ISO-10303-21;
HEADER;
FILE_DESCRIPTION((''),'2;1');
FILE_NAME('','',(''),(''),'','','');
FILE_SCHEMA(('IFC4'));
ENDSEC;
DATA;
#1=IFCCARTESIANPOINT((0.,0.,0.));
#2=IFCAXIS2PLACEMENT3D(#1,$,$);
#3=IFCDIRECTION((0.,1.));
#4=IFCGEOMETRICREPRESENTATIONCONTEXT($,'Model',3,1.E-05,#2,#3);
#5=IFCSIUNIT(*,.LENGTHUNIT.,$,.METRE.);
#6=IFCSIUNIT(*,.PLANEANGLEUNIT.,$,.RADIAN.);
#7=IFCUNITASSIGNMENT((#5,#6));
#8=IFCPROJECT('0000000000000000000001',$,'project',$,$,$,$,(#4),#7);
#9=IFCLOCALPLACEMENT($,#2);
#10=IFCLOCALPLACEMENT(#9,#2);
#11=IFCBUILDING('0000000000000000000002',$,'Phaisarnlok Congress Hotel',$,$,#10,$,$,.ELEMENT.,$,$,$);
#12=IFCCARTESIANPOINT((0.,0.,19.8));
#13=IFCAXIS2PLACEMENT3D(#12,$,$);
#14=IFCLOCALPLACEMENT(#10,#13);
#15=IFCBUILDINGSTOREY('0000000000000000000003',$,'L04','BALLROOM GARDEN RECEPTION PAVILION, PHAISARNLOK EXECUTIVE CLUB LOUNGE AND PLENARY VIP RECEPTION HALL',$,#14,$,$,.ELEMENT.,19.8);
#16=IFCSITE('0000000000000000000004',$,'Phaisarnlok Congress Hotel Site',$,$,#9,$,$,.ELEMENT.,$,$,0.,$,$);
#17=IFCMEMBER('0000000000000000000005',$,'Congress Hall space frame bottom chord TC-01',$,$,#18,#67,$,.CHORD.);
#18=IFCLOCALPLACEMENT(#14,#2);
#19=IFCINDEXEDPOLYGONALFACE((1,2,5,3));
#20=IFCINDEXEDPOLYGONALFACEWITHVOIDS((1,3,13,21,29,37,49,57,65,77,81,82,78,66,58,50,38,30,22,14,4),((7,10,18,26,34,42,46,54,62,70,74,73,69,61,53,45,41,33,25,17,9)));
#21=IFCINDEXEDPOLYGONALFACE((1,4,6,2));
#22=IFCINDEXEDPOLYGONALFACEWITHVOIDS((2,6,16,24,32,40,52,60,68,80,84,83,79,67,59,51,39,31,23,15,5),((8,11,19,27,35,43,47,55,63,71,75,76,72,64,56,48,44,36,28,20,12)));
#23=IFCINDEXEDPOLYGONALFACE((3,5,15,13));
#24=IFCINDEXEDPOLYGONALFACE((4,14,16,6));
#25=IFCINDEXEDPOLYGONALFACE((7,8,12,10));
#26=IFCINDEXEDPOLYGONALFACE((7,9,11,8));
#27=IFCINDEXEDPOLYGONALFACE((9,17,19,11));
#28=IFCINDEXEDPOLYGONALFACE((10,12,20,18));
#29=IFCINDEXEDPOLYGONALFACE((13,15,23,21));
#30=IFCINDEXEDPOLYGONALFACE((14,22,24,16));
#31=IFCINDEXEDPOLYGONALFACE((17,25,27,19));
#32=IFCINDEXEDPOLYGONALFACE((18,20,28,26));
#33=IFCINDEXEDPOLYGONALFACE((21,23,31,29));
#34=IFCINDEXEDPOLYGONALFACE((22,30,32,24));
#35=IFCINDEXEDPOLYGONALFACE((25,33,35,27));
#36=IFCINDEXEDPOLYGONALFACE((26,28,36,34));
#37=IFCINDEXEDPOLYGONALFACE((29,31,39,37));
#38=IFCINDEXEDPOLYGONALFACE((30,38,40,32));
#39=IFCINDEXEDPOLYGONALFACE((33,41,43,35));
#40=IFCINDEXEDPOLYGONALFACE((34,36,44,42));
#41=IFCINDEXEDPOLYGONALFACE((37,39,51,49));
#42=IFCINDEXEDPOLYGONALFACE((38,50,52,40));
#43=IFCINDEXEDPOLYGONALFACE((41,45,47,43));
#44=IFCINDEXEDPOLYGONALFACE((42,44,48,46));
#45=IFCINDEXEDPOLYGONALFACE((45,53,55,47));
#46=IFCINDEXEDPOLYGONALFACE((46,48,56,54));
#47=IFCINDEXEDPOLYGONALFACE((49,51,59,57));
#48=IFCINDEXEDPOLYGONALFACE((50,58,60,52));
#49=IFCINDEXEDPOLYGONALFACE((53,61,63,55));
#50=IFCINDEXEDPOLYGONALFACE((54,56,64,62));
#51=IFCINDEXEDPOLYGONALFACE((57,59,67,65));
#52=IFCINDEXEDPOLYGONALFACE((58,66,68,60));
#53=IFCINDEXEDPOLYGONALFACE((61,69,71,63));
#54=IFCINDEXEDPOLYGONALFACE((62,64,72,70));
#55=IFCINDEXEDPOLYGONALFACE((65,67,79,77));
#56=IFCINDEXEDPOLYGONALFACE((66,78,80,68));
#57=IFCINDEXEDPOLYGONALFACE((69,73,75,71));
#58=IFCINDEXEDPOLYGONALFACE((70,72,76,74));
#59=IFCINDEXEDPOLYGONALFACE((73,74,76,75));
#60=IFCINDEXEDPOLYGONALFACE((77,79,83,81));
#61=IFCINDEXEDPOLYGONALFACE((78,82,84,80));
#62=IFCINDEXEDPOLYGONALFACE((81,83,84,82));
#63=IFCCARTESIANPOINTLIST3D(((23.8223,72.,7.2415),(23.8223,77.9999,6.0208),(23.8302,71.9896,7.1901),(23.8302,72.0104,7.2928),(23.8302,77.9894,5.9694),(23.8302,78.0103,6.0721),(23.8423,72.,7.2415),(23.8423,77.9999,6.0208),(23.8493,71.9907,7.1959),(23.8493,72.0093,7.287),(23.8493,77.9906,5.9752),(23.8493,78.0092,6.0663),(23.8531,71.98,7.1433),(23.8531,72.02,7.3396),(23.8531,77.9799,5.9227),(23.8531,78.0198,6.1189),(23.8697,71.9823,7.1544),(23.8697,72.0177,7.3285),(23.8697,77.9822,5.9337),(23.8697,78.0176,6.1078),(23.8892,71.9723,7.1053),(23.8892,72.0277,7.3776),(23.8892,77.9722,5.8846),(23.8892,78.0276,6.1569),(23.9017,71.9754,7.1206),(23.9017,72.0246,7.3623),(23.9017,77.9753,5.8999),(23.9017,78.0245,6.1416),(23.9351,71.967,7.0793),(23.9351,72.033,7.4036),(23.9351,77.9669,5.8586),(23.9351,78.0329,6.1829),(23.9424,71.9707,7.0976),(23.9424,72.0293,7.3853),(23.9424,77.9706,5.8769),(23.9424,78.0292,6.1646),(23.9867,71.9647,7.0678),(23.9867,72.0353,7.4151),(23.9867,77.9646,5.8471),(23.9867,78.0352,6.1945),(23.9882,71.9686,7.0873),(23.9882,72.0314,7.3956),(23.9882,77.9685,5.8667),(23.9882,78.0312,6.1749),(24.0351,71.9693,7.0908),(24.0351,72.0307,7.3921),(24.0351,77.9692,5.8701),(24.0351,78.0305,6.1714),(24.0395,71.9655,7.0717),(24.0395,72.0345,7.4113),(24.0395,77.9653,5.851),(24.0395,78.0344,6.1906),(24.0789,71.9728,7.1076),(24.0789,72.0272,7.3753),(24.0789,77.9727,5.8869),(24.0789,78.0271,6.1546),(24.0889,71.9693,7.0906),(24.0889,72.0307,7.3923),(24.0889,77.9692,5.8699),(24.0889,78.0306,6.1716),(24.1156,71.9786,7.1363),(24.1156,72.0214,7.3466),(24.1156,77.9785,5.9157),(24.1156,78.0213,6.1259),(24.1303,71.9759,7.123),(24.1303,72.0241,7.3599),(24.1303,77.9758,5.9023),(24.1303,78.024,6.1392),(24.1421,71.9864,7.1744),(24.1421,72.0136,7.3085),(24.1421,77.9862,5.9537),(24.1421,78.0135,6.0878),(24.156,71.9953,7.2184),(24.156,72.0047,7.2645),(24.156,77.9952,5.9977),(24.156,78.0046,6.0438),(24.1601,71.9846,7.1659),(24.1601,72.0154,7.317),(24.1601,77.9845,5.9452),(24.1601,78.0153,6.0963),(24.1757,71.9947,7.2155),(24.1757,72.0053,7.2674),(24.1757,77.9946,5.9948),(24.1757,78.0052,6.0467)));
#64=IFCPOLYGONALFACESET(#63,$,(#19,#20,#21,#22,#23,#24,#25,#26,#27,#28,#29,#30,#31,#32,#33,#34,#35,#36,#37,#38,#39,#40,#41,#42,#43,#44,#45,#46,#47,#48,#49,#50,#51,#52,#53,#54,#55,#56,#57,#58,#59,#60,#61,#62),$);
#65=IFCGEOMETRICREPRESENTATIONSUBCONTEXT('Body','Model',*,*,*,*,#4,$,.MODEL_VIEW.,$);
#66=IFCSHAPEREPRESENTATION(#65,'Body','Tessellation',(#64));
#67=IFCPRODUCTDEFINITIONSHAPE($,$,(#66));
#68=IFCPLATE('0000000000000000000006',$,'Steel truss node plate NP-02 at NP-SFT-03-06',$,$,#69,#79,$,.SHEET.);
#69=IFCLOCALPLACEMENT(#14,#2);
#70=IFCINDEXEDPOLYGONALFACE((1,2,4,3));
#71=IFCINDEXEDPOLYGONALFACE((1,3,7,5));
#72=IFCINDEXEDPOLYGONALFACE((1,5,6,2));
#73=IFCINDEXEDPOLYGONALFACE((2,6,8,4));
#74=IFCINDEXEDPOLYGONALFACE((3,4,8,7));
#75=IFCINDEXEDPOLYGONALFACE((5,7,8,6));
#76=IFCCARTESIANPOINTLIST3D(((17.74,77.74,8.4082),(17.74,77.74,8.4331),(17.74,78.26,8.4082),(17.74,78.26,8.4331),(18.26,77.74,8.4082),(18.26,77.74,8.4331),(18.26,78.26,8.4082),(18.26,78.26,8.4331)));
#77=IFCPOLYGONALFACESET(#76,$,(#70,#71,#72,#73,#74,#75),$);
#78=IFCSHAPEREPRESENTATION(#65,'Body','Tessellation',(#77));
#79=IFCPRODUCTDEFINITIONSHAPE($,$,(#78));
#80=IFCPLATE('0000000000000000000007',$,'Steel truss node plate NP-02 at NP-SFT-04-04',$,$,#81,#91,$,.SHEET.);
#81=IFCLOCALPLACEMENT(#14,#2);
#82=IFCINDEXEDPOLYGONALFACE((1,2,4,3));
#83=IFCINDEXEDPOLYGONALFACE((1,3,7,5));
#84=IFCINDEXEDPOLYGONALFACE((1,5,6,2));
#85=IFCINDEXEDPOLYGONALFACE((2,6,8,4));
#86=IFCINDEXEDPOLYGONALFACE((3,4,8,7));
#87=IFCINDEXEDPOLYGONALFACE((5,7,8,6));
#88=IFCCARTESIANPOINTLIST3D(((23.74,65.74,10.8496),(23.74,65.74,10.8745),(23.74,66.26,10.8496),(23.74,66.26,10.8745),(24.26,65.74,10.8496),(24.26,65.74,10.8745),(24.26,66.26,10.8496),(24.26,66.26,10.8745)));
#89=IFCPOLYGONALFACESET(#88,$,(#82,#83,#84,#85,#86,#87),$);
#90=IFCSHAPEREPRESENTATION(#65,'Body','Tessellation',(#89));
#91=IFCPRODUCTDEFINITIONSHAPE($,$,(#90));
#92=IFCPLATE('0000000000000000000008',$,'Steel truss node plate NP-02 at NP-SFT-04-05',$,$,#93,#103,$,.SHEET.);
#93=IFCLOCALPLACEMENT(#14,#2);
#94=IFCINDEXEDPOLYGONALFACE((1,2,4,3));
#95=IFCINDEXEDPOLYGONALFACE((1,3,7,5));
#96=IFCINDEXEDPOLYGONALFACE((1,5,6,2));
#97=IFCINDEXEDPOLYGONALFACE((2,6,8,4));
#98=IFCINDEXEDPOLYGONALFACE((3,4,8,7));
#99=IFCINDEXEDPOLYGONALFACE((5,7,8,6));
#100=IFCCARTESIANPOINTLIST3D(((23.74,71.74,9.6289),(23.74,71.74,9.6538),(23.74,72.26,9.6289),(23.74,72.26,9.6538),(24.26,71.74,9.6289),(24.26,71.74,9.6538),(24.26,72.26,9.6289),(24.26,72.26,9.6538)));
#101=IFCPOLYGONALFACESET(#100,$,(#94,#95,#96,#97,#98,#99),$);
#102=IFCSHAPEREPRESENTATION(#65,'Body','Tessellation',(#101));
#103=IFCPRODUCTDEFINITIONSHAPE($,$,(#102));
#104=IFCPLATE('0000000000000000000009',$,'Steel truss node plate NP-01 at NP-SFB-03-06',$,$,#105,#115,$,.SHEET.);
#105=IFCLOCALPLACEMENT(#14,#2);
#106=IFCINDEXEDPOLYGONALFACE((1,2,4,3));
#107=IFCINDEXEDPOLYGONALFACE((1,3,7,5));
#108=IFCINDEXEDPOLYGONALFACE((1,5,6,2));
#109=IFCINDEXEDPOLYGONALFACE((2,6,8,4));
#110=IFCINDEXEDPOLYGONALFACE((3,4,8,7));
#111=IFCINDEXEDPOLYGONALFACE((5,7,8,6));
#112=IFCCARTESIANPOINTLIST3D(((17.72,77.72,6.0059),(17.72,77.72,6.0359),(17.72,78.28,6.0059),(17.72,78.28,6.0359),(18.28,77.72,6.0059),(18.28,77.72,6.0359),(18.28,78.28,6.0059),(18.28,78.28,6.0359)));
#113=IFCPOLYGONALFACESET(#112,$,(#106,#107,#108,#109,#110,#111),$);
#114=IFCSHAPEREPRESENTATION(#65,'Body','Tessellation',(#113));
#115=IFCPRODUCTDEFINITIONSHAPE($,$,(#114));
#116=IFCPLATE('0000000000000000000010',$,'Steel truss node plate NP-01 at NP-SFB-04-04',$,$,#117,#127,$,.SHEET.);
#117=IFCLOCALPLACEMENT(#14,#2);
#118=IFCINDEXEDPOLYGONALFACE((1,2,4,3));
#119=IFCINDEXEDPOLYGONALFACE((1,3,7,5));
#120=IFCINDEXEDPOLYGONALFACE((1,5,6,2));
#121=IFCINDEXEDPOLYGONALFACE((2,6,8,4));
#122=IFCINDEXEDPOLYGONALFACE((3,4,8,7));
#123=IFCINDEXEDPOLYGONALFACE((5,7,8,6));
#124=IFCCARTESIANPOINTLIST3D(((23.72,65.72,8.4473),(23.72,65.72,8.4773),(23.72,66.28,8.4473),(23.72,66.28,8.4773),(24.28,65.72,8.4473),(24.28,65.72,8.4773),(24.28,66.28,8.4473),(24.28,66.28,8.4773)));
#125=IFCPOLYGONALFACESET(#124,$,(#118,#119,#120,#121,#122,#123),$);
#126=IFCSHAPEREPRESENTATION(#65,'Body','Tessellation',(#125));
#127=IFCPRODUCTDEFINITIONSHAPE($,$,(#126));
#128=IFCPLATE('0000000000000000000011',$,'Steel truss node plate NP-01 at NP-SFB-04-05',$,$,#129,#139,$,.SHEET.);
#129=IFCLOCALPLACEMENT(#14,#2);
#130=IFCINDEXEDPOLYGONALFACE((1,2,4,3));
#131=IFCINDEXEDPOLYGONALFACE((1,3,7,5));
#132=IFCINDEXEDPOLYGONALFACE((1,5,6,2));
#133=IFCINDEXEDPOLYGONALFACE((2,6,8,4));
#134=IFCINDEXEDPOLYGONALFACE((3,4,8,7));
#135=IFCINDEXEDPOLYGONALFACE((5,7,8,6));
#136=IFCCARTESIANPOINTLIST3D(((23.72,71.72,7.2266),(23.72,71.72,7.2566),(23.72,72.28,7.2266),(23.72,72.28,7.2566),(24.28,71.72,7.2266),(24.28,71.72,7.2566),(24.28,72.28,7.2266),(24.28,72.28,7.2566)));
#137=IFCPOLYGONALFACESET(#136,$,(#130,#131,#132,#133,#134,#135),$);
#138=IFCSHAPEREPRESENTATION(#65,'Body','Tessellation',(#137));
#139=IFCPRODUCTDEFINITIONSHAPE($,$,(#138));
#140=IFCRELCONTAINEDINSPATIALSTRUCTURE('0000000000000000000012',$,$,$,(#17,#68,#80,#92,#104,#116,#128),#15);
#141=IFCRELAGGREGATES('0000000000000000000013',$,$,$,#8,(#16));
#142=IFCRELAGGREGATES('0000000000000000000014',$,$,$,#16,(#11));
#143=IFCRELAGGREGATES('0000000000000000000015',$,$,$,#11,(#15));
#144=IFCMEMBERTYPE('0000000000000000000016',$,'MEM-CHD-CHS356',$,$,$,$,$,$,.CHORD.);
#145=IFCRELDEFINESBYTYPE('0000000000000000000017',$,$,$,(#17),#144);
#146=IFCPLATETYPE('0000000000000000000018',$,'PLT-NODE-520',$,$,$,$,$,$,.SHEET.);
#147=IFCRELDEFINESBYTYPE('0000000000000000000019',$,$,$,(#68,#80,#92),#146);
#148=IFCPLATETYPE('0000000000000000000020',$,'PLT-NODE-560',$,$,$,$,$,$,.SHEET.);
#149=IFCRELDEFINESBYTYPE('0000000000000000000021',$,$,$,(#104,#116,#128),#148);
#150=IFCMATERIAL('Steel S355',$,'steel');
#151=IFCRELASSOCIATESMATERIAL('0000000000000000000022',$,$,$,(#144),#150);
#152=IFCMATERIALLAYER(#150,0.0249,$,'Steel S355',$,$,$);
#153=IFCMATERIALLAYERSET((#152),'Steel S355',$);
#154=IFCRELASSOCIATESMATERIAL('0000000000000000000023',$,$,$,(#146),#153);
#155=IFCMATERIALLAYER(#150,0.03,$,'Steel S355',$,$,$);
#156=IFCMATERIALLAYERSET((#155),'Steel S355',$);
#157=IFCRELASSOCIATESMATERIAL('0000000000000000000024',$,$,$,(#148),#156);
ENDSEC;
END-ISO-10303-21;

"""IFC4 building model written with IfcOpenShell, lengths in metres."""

from ifc_helpers import new_model, si_unit, direction, frame, origin, origin_2d, place, context, subcontext, project, spatial, rectangle, hollow_circle, extrude, material, layer, layer_set, material_profile, profile_set, type_object, element, save


model = new_model("IFC4")

# Units and contexts
model_context = context("Model", 3, precision=1e-05, world=origin(), true_north=direction((0.0, 1.0)))
body_context = subcontext(model_context, "Body", "Model", "MODEL_VIEW")
ifc_project = project(units=[si_unit("LENGTHUNIT", "METRE"), si_unit("PLANEANGLEUNIT", "RADIAN")], contexts=[model_context])

# Site, building, storey
site_placement = place(None, origin())
site = spatial("IfcSite", under=ifc_project, at=site_placement, Name="Phaisarnlok Congress Hotel Site", CompositionType="ELEMENT", RefElevation=0.0)
building_placement = place(site_placement, origin())
building = spatial("IfcBuilding", under=site, at=building_placement, Name="Phaisarnlok Congress Hotel", CompositionType="ELEMENT")
storey_placement = place(building_placement, frame((0.0, 0.0, 19.8)))
storey = spatial("IfcBuildingStorey", under=building, at=storey_placement, Name="L04", Description="BALLROOM GARDEN RECEPTION PAVILION, PHAISARNLOK EXECUTIVE CLUB LOUNGE AND PLENARY VIP RECEPTION HALL", CompositionType="ELEMENT", Elevation=19.8)

# Member
ifc_material = material(Name="Steel S355", Category="steel")
ifc_material_profile_1 = material_profile(ifc_material, hollow_circle(Radius=0.1777, WallThickness=0.02, at=origin_2d()), Name="CHS 355.6x20")
ifc_profile_set_1 = profile_set([ifc_material_profile_1], Name="Steel S355")
member_type_1 = type_object("IfcMemberType", Name="MEM-CHD-CHS356", PredefinedType="CHORD", material=ifc_profile_set_1)
member_1_placement = place(storey_placement, frame((24.0, 72.0, 7.2415), z_axis=(0.0, 0.979925, -0.199366), x_axis=(-1.0, 0.0, 0.0)))
element("IfcMember", 1, at=member_1_placement, inside=storey, type_object=member_type_1, Name="Congress Hall space frame bottom chord TC-01", PredefinedType="CHORD", context=body_context, shape_type="SweptSolid", body=[
    extrude(hollow_circle(Radius=0.1777, WallThickness=0.02, at=origin_2d()), origin(), (0.0, 0.0, 1.0), 6.1228),
])

# Plates
ifc_layer_1 = layer(ifc_material, 0.0249, Name="Steel S355")
ifc_layer_set_1 = layer_set([ifc_layer_1], Name="Steel S355")
plate_type_1 = type_object("IfcPlateType", Name="PLT-NODE-520", PredefinedType="SHEET", material=ifc_layer_set_1)
for number, where, z_axis, x_axis, name in (
    (2, (18.0, 78.0, 8.4082), (0.0, 0.0, 1.0), (1.0, 0.0, 0.0), "Steel truss node plate NP-02 at NP-SFT-03-06"),
    (3, (24.0, 66.0, 10.8496), (0.0, 0.0, 1.0), (1.0, 0.0, 0.0), "Steel truss node plate NP-02 at NP-SFT-04-04"),
    (4, (24.0, 72.0, 9.6289), (0.0, 0.0, 1.0), (1.0, 0.0, 0.0), "Steel truss node plate NP-02 at NP-SFT-04-05"),
):
    element("IfcPlate", number, at=place(storey_placement, frame(where, z_axis=z_axis, x_axis=x_axis)), inside=storey, type_object=plate_type_1, Name=name, PredefinedType="SHEET", context=body_context, shape_type="SweptSolid", body=[
        extrude(rectangle(XDim=0.52, YDim=0.52, at=origin_2d()), origin(), (0.0, 0.0, 1.0), 0.0249),
    ])
ifc_layer_2 = layer(ifc_material, 0.03, Name="Steel S355")
ifc_layer_set_2 = layer_set([ifc_layer_2], Name="Steel S355")
plate_type_2 = type_object("IfcPlateType", Name="PLT-NODE-560", PredefinedType="SHEET", material=ifc_layer_set_2)
for number, where, z_axis, x_axis, name in (
    (5, (18.0, 78.0, 6.0059), (0.0, 0.0, 1.0), (1.0, 0.0, 0.0), "Steel truss node plate NP-01 at NP-SFB-03-06"),
    (6, (24.0, 66.0, 8.4473), (0.0, 0.0, 1.0), (1.0, 0.0, 0.0), "Steel truss node plate NP-01 at NP-SFB-04-04"),
    (7, (24.0, 72.0, 7.2266), (0.0, 0.0, 1.0), (1.0, 0.0, 0.0), "Steel truss node plate NP-01 at NP-SFB-04-05"),
):
    element("IfcPlate", number, at=place(storey_placement, frame(where, z_axis=z_axis, x_axis=x_axis)), inside=storey, type_object=plate_type_2, Name=name, PredefinedType="SHEET", context=body_context, shape_type="SweptSolid", body=[
        extrude(rectangle(XDim=0.5601, YDim=0.5601, at=origin_2d()), origin(), (0.0, 0.0, 1.0), 0.03),
    ])

save(model, "model.ifc")
